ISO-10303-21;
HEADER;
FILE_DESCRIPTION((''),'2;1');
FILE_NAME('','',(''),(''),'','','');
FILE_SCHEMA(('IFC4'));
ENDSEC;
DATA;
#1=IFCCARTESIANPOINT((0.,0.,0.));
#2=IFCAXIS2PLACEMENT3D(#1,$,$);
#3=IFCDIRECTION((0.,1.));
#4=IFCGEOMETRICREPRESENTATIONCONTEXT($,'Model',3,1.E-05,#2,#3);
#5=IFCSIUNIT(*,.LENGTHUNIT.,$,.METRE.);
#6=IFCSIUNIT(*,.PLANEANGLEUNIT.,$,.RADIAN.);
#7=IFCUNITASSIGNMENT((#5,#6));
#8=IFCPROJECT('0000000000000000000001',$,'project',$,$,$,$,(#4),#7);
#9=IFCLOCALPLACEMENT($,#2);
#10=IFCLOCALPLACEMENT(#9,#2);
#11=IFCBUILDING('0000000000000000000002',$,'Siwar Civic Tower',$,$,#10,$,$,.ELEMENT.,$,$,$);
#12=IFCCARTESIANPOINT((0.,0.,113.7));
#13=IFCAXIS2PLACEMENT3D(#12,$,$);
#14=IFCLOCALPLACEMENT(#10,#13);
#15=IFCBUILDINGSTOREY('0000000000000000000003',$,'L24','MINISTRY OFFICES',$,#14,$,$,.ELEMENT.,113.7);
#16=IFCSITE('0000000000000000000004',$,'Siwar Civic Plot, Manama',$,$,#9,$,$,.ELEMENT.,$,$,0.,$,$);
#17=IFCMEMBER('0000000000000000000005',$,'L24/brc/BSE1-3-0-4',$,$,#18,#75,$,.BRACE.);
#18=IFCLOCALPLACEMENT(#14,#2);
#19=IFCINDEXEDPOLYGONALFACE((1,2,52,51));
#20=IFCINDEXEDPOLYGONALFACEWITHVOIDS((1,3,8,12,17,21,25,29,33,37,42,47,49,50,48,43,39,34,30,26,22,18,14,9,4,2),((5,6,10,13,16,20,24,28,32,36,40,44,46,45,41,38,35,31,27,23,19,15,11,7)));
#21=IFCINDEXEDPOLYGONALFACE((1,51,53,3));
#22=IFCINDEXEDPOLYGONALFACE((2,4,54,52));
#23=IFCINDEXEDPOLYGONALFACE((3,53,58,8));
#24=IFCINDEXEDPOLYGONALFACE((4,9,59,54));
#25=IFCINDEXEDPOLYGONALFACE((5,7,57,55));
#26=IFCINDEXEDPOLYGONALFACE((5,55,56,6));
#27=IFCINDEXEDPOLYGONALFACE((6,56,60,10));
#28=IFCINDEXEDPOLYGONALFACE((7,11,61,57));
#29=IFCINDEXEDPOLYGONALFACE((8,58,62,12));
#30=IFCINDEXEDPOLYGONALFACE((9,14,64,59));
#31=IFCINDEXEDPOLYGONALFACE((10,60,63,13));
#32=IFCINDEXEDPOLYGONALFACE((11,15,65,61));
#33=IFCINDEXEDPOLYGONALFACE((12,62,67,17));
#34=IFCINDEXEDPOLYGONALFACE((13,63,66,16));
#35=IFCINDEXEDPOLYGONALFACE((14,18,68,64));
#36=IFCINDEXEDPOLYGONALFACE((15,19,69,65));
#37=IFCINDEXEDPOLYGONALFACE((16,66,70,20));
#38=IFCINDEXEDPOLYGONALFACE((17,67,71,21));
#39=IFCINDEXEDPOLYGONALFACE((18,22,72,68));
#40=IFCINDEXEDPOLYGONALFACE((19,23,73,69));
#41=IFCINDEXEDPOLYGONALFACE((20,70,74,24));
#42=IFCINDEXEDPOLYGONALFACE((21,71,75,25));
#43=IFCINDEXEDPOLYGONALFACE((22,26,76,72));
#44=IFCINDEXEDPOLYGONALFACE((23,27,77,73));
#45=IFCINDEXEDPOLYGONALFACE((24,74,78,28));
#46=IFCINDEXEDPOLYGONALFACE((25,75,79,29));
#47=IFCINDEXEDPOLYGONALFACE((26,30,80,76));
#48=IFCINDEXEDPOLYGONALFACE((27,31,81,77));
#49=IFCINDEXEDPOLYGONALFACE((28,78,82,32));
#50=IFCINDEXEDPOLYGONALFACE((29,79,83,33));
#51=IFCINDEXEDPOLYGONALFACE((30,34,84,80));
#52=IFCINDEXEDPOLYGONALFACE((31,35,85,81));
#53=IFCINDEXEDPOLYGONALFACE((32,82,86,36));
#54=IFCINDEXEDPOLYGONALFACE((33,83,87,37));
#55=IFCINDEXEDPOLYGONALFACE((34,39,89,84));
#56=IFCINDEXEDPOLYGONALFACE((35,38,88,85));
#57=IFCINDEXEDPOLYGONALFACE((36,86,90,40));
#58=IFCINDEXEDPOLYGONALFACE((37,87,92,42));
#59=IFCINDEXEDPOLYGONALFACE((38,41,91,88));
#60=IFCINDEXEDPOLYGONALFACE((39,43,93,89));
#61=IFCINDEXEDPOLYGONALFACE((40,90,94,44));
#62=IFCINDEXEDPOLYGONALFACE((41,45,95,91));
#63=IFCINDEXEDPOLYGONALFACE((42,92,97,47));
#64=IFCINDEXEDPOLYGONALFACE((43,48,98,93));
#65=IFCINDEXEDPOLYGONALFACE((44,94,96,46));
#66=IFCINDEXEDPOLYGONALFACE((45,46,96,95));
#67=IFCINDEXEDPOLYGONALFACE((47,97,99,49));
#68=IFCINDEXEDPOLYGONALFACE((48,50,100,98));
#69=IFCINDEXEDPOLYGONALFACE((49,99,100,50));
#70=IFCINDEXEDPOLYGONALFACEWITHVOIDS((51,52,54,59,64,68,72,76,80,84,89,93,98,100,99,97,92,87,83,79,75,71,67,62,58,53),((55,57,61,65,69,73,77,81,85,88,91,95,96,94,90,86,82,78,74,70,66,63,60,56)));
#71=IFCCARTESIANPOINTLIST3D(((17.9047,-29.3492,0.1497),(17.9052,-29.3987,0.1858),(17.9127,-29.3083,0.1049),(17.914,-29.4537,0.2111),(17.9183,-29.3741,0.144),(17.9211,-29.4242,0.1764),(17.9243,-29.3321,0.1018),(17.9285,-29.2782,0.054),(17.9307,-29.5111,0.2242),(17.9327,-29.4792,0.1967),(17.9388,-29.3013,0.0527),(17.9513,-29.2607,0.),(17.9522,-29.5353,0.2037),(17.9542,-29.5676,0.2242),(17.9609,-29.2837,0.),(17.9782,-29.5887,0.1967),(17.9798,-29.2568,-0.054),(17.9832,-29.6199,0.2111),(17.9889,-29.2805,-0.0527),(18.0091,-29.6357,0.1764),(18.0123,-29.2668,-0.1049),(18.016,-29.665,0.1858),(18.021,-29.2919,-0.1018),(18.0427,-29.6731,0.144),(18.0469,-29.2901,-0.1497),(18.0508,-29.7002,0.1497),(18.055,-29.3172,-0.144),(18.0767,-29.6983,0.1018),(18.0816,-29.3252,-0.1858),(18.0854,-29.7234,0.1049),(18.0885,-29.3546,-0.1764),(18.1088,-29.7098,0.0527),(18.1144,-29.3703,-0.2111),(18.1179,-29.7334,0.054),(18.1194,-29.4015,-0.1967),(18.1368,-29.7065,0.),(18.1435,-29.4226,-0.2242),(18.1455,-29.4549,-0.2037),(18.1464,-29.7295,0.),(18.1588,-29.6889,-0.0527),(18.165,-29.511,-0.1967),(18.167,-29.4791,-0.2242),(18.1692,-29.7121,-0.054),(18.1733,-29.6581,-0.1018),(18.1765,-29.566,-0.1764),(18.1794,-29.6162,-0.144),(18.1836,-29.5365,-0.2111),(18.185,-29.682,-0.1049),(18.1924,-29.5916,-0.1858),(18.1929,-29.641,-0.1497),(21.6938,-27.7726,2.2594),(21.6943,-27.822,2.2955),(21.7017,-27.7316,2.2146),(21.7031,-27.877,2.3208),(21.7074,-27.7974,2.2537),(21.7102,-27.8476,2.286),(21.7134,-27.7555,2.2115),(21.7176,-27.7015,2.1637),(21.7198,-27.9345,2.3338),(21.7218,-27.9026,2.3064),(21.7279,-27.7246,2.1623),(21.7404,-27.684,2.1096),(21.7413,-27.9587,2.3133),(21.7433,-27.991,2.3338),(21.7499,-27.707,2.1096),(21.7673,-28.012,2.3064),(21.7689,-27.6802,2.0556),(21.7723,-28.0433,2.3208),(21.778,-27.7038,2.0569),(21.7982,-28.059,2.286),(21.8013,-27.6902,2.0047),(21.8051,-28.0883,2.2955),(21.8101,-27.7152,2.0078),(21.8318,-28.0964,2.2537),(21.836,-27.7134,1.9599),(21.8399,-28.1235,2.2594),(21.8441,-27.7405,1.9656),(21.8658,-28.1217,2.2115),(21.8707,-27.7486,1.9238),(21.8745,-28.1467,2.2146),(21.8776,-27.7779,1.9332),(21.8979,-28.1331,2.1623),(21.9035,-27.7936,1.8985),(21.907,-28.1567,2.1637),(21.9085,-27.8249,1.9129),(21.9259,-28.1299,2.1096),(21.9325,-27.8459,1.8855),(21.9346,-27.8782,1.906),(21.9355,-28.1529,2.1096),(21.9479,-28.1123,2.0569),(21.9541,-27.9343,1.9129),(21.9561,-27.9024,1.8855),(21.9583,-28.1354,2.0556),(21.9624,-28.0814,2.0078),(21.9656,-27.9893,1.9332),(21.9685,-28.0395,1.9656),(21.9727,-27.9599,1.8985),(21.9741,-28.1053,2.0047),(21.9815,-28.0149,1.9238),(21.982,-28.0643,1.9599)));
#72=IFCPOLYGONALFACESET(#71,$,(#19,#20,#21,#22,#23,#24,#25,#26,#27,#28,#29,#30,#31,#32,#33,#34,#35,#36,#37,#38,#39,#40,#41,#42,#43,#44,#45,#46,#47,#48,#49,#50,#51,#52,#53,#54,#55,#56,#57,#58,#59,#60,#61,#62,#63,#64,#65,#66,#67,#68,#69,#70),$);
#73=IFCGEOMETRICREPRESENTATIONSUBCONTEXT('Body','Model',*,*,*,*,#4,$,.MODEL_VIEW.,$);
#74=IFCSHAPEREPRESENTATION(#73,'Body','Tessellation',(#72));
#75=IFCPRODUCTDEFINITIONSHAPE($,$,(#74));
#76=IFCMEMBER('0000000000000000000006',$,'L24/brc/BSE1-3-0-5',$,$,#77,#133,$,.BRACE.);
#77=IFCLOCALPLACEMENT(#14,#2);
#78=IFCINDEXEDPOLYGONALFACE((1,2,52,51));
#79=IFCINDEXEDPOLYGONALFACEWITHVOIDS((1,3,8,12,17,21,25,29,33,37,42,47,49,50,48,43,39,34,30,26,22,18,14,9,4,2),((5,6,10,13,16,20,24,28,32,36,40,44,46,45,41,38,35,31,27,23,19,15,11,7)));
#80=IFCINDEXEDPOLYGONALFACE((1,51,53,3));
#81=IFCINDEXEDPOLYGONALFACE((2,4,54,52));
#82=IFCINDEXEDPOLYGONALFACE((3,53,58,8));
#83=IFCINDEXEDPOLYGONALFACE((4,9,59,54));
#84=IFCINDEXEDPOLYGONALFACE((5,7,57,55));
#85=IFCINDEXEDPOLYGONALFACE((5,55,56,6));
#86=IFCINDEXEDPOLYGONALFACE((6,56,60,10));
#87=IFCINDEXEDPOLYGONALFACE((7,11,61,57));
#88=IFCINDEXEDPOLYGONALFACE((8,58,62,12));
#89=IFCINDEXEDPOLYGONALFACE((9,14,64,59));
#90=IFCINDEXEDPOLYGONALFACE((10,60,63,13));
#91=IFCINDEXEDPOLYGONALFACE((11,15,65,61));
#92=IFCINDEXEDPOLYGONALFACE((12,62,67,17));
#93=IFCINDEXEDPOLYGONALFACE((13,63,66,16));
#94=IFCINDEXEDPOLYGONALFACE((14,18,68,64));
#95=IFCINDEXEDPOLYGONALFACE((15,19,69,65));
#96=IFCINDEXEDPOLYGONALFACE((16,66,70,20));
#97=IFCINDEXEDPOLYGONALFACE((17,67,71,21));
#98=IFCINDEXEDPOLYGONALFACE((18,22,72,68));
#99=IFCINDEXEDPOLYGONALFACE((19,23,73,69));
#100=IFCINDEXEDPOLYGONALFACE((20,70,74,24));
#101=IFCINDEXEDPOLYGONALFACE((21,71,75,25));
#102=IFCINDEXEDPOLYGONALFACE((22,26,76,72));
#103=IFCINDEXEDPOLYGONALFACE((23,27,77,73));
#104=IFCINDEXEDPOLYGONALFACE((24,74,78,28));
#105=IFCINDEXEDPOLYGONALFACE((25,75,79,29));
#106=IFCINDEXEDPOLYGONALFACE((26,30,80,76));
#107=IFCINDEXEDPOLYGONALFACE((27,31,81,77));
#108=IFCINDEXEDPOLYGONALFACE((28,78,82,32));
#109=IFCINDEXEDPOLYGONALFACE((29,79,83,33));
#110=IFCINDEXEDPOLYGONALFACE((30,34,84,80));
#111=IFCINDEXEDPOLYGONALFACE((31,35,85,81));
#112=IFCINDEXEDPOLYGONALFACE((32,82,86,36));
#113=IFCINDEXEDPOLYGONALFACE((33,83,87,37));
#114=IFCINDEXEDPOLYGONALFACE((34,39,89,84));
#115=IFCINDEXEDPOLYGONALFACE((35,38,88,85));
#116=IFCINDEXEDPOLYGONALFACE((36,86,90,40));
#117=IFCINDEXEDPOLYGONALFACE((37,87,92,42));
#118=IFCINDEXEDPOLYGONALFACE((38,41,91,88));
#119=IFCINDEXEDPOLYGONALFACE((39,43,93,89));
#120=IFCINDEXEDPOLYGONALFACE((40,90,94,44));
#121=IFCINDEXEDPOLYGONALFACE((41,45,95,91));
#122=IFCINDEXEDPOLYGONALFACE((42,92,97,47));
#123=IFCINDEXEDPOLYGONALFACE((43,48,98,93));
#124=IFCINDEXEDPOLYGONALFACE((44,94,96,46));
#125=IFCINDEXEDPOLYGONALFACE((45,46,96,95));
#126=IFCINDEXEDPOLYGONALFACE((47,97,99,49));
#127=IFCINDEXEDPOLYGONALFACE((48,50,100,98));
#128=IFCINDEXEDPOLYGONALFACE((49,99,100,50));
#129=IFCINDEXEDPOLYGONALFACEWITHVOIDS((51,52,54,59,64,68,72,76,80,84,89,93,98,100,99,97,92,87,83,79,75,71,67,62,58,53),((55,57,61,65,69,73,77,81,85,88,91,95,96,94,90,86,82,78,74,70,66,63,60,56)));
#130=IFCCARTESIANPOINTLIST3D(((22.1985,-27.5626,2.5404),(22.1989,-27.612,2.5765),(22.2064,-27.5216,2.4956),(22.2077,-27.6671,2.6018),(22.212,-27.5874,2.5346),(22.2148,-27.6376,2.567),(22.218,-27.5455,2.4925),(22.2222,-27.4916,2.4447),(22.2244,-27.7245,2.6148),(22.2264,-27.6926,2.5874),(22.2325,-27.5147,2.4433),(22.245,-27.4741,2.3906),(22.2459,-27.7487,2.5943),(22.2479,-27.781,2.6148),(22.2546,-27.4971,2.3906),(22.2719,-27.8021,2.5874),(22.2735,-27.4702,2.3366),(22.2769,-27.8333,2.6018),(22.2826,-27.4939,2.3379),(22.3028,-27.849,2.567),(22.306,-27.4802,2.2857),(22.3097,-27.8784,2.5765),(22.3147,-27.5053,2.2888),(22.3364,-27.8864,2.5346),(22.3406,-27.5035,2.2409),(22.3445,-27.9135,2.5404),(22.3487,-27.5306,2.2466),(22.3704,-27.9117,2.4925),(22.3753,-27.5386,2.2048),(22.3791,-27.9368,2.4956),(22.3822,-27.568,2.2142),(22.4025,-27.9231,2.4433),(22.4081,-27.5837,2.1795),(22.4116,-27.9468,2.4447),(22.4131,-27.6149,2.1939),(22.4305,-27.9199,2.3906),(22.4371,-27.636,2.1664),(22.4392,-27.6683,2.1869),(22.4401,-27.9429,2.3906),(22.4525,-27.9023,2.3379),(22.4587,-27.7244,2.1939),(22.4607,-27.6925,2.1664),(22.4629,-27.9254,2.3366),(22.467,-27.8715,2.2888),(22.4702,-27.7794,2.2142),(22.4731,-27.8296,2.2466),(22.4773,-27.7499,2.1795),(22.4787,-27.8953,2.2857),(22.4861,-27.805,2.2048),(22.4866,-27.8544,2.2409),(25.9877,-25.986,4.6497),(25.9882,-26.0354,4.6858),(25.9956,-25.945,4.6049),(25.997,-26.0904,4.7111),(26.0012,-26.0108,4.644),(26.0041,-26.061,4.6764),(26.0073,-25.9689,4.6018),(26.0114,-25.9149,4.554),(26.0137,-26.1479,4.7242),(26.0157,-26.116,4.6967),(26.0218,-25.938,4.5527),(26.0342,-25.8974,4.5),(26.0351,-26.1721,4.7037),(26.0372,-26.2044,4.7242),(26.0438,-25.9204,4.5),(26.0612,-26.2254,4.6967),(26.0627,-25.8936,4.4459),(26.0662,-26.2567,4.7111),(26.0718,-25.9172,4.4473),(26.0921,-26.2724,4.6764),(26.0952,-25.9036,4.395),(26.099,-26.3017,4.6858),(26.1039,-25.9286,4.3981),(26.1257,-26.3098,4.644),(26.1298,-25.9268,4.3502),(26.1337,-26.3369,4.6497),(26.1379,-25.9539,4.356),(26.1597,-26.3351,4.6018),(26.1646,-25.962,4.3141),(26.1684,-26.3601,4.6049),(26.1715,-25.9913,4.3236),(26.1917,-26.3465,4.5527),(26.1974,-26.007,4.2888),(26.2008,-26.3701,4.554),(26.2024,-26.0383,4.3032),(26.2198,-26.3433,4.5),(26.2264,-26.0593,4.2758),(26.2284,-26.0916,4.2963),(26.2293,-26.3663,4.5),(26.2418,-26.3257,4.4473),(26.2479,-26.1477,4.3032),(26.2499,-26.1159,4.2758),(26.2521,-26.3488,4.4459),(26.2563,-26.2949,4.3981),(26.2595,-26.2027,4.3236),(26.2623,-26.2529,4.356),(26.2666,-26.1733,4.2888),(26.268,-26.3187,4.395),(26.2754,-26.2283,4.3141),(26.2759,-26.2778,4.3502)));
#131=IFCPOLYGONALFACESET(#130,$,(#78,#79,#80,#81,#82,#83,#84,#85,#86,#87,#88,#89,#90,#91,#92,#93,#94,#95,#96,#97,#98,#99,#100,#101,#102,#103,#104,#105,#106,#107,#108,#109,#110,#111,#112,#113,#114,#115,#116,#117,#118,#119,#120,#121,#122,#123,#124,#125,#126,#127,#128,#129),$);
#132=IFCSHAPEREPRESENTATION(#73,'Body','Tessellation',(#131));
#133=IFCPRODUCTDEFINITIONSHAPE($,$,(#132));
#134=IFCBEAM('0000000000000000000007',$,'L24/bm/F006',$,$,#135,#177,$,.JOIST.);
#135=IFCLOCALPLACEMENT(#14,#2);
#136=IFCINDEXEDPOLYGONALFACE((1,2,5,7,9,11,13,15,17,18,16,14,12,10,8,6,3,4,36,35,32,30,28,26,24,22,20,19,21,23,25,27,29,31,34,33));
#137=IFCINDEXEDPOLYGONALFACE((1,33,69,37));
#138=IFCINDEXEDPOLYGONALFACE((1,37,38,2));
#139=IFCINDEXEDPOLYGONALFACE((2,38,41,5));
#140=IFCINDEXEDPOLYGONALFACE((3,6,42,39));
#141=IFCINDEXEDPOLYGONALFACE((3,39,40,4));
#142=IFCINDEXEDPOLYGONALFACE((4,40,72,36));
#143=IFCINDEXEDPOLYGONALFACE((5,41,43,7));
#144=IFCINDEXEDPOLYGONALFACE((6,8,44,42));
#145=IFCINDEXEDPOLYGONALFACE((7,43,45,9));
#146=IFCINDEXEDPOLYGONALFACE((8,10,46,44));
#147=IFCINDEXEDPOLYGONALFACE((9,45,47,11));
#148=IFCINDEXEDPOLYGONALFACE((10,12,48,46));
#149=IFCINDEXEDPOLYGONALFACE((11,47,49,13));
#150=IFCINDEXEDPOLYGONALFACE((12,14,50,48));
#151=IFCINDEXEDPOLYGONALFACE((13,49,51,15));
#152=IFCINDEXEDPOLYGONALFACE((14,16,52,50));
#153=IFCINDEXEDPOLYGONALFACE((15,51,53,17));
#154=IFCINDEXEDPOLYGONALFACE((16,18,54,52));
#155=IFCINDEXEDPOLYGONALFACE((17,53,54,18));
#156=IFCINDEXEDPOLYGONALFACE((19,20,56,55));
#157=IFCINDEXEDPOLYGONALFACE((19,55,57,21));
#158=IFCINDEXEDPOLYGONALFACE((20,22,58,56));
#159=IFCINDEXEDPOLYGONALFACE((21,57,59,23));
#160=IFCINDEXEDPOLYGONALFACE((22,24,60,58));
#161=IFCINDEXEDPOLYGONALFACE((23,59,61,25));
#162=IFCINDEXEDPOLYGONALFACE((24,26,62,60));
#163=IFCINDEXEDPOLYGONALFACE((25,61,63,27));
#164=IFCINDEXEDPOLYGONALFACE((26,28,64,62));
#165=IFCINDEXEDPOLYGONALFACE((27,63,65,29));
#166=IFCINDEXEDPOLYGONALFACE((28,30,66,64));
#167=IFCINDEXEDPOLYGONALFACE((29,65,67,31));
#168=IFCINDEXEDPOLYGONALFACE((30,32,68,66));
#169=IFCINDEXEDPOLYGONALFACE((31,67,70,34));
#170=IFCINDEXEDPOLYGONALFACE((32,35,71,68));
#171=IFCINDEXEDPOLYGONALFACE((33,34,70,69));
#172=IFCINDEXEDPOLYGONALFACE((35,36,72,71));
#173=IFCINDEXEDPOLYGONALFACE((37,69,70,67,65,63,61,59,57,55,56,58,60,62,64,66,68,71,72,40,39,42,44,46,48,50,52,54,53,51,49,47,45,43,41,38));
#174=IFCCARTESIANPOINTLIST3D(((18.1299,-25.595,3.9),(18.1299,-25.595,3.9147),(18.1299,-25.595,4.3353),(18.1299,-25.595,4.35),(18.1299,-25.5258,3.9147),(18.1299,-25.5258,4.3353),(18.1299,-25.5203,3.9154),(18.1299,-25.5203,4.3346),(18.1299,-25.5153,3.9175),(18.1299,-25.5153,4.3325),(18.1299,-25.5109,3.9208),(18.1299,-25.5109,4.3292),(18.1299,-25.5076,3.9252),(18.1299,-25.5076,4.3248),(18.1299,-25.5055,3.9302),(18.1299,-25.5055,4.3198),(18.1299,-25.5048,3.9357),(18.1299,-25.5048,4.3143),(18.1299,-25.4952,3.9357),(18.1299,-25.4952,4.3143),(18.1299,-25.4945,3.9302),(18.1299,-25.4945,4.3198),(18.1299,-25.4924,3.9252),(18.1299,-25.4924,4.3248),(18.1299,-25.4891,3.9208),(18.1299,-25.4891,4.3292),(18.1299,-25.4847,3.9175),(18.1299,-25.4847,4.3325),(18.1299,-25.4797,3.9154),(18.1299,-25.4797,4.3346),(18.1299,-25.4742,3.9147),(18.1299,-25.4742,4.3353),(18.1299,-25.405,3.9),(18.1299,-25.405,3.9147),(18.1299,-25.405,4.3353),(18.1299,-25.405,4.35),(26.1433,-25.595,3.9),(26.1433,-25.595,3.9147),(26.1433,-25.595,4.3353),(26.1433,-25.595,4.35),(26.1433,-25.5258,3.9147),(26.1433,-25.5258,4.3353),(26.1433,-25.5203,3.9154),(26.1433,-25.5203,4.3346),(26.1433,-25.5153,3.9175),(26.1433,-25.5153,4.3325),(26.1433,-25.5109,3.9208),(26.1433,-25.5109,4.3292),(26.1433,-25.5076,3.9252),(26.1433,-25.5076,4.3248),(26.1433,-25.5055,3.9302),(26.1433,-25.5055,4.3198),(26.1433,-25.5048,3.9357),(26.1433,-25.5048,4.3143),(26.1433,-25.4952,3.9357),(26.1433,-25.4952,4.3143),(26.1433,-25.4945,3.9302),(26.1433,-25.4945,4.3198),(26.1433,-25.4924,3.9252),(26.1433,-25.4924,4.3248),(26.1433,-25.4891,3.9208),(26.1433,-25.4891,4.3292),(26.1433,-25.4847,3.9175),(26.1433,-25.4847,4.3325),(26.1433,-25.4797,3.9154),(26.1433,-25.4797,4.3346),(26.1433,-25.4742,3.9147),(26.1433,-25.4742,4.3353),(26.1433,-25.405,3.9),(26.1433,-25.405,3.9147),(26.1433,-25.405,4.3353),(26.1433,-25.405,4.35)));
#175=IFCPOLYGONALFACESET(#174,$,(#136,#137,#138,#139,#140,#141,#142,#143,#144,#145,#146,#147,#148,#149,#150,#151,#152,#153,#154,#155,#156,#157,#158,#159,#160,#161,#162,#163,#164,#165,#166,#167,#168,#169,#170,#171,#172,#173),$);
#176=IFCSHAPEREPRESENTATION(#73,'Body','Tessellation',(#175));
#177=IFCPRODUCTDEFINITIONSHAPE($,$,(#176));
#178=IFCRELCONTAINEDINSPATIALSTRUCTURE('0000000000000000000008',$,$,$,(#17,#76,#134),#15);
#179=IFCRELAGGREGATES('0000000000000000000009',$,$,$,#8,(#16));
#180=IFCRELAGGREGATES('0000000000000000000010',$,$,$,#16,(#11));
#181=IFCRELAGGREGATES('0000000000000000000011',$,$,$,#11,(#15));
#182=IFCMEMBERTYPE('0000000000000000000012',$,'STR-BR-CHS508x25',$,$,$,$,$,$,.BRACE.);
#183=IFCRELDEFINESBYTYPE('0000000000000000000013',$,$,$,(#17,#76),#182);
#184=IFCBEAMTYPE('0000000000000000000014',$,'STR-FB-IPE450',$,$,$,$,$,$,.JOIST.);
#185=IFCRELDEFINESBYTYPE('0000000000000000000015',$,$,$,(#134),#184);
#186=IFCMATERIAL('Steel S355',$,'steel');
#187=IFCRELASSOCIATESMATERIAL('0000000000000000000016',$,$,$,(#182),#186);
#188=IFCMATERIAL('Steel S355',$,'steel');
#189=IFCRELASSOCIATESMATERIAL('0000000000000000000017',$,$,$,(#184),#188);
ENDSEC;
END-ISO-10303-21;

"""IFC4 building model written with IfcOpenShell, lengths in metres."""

from ifc_helpers import new_model, si_unit, direction, frame, origin, origin_2d, place, context, subcontext, project, spatial, hollow_circle, i_section, extrude, material, material_profile, profile_set, type_object, element, save


model = new_model("IFC4")

# Units and contexts
model_context = context("Model", 3, precision=1e-05, world=origin(), true_north=direction((0.0, 1.0)))
body_context = subcontext(model_context, "Body", "Model", "MODEL_VIEW")
ifc_project = project(units=[si_unit("LENGTHUNIT", "METRE"), si_unit("PLANEANGLEUNIT", "RADIAN")], contexts=[model_context])

# Site, building, storey
site_placement = place(None, origin())
site = spatial("IfcSite", under=ifc_project, at=site_placement, Name="Siwar Civic Plot, Manama", CompositionType="ELEMENT", RefElevation=0.0)
building_placement = place(site_placement, origin())
building = spatial("IfcBuilding", under=site, at=building_placement, Name="Siwar Civic Tower", CompositionType="ELEMENT")
storey_placement = place(building_placement, frame((0.0, 0.0, 113.7)))
storey = spatial("IfcBuildingStorey", under=building, at=storey_placement, Name="L24", Description="MINISTRY OFFICES", CompositionType="ELEMENT", Elevation=113.7)

# Members
ifc_material_1 = material(Name="Steel S355", Category="steel")
ifc_material_profile_1 = material_profile(ifc_material_1, hollow_circle(Radius=0.2539, WallThickness=0.0249, at=origin_2d()), Name="CHS508x25")
ifc_profile_set_1 = profile_set([ifc_material_profile_1], Name="Steel S355")
member_type_1 = type_object("IfcMemberType", Name="STR-BR-CHS508x25", PredefinedType="BRACE", material=ifc_profile_set_1)
for number, where, z_axis, x_axis, name in (
    (1, (18.0488, -29.4951, 0.0), (0.821126, 0.341677, 0.457175), (-0.384176, 0.92326, 0.0), "L24/brc/BSE1-3-0-4"),
    (2, (22.3425, -27.7085, 2.3906), (0.821163, 0.341671, 0.457113), (-0.384155, 0.923269, 0.0), "L24/brc/BSE1-3-0-5"),
):
    element("IfcMember", number, at=place(storey_placement, frame(where, z_axis=z_axis, x_axis=x_axis)), inside=storey, type_object=member_type_1, Name=name, PredefinedType="BRACE", context=body_context, shape_type="SweptSolid", body=[
        extrude(hollow_circle(Radius=0.2539, WallThickness=0.0249, at=origin_2d()), origin(), (0.0, 0.0, 1.0), 4.6145),
    ])

# Beam
ifc_material_2 = material(Name="Steel S355", Category="steel")
ifc_material_profile_2 = material_profile(ifc_material_2, i_section(OverallWidth=0.1899, OverallDepth=0.45, WebThickness=0.0095, FlangeThickness=0.0146, FilletRadius=0.021, at=origin_2d()), Name="IPE450")
ifc_profile_set_2 = profile_set([ifc_material_profile_2], Name="Steel S355")
beam_type_1 = type_object("IfcBeamType", Name="STR-FB-IPE450", PredefinedType="JOIST", material=ifc_profile_set_2)
beam_1_placement = place(storey_placement, frame((18.1299, -25.5, 4.125), z_axis=(1.0, 0.0, 0.0), x_axis=(0.0, 1.0, 0.0)))
element("IfcBeam", 3, at=beam_1_placement, inside=storey, type_object=beam_type_1, Name="L24/bm/F006", PredefinedType="JOIST", context=body_context, shape_type="SweptSolid", body=[
    extrude(i_section(OverallWidth=0.1899, OverallDepth=0.45, WebThickness=0.0095, FlangeThickness=0.0146, FilletRadius=0.021, at=origin_2d()), origin(), (0.0, 0.0, 1.0), 8.0134),
])

save(model, "model.ifc")
